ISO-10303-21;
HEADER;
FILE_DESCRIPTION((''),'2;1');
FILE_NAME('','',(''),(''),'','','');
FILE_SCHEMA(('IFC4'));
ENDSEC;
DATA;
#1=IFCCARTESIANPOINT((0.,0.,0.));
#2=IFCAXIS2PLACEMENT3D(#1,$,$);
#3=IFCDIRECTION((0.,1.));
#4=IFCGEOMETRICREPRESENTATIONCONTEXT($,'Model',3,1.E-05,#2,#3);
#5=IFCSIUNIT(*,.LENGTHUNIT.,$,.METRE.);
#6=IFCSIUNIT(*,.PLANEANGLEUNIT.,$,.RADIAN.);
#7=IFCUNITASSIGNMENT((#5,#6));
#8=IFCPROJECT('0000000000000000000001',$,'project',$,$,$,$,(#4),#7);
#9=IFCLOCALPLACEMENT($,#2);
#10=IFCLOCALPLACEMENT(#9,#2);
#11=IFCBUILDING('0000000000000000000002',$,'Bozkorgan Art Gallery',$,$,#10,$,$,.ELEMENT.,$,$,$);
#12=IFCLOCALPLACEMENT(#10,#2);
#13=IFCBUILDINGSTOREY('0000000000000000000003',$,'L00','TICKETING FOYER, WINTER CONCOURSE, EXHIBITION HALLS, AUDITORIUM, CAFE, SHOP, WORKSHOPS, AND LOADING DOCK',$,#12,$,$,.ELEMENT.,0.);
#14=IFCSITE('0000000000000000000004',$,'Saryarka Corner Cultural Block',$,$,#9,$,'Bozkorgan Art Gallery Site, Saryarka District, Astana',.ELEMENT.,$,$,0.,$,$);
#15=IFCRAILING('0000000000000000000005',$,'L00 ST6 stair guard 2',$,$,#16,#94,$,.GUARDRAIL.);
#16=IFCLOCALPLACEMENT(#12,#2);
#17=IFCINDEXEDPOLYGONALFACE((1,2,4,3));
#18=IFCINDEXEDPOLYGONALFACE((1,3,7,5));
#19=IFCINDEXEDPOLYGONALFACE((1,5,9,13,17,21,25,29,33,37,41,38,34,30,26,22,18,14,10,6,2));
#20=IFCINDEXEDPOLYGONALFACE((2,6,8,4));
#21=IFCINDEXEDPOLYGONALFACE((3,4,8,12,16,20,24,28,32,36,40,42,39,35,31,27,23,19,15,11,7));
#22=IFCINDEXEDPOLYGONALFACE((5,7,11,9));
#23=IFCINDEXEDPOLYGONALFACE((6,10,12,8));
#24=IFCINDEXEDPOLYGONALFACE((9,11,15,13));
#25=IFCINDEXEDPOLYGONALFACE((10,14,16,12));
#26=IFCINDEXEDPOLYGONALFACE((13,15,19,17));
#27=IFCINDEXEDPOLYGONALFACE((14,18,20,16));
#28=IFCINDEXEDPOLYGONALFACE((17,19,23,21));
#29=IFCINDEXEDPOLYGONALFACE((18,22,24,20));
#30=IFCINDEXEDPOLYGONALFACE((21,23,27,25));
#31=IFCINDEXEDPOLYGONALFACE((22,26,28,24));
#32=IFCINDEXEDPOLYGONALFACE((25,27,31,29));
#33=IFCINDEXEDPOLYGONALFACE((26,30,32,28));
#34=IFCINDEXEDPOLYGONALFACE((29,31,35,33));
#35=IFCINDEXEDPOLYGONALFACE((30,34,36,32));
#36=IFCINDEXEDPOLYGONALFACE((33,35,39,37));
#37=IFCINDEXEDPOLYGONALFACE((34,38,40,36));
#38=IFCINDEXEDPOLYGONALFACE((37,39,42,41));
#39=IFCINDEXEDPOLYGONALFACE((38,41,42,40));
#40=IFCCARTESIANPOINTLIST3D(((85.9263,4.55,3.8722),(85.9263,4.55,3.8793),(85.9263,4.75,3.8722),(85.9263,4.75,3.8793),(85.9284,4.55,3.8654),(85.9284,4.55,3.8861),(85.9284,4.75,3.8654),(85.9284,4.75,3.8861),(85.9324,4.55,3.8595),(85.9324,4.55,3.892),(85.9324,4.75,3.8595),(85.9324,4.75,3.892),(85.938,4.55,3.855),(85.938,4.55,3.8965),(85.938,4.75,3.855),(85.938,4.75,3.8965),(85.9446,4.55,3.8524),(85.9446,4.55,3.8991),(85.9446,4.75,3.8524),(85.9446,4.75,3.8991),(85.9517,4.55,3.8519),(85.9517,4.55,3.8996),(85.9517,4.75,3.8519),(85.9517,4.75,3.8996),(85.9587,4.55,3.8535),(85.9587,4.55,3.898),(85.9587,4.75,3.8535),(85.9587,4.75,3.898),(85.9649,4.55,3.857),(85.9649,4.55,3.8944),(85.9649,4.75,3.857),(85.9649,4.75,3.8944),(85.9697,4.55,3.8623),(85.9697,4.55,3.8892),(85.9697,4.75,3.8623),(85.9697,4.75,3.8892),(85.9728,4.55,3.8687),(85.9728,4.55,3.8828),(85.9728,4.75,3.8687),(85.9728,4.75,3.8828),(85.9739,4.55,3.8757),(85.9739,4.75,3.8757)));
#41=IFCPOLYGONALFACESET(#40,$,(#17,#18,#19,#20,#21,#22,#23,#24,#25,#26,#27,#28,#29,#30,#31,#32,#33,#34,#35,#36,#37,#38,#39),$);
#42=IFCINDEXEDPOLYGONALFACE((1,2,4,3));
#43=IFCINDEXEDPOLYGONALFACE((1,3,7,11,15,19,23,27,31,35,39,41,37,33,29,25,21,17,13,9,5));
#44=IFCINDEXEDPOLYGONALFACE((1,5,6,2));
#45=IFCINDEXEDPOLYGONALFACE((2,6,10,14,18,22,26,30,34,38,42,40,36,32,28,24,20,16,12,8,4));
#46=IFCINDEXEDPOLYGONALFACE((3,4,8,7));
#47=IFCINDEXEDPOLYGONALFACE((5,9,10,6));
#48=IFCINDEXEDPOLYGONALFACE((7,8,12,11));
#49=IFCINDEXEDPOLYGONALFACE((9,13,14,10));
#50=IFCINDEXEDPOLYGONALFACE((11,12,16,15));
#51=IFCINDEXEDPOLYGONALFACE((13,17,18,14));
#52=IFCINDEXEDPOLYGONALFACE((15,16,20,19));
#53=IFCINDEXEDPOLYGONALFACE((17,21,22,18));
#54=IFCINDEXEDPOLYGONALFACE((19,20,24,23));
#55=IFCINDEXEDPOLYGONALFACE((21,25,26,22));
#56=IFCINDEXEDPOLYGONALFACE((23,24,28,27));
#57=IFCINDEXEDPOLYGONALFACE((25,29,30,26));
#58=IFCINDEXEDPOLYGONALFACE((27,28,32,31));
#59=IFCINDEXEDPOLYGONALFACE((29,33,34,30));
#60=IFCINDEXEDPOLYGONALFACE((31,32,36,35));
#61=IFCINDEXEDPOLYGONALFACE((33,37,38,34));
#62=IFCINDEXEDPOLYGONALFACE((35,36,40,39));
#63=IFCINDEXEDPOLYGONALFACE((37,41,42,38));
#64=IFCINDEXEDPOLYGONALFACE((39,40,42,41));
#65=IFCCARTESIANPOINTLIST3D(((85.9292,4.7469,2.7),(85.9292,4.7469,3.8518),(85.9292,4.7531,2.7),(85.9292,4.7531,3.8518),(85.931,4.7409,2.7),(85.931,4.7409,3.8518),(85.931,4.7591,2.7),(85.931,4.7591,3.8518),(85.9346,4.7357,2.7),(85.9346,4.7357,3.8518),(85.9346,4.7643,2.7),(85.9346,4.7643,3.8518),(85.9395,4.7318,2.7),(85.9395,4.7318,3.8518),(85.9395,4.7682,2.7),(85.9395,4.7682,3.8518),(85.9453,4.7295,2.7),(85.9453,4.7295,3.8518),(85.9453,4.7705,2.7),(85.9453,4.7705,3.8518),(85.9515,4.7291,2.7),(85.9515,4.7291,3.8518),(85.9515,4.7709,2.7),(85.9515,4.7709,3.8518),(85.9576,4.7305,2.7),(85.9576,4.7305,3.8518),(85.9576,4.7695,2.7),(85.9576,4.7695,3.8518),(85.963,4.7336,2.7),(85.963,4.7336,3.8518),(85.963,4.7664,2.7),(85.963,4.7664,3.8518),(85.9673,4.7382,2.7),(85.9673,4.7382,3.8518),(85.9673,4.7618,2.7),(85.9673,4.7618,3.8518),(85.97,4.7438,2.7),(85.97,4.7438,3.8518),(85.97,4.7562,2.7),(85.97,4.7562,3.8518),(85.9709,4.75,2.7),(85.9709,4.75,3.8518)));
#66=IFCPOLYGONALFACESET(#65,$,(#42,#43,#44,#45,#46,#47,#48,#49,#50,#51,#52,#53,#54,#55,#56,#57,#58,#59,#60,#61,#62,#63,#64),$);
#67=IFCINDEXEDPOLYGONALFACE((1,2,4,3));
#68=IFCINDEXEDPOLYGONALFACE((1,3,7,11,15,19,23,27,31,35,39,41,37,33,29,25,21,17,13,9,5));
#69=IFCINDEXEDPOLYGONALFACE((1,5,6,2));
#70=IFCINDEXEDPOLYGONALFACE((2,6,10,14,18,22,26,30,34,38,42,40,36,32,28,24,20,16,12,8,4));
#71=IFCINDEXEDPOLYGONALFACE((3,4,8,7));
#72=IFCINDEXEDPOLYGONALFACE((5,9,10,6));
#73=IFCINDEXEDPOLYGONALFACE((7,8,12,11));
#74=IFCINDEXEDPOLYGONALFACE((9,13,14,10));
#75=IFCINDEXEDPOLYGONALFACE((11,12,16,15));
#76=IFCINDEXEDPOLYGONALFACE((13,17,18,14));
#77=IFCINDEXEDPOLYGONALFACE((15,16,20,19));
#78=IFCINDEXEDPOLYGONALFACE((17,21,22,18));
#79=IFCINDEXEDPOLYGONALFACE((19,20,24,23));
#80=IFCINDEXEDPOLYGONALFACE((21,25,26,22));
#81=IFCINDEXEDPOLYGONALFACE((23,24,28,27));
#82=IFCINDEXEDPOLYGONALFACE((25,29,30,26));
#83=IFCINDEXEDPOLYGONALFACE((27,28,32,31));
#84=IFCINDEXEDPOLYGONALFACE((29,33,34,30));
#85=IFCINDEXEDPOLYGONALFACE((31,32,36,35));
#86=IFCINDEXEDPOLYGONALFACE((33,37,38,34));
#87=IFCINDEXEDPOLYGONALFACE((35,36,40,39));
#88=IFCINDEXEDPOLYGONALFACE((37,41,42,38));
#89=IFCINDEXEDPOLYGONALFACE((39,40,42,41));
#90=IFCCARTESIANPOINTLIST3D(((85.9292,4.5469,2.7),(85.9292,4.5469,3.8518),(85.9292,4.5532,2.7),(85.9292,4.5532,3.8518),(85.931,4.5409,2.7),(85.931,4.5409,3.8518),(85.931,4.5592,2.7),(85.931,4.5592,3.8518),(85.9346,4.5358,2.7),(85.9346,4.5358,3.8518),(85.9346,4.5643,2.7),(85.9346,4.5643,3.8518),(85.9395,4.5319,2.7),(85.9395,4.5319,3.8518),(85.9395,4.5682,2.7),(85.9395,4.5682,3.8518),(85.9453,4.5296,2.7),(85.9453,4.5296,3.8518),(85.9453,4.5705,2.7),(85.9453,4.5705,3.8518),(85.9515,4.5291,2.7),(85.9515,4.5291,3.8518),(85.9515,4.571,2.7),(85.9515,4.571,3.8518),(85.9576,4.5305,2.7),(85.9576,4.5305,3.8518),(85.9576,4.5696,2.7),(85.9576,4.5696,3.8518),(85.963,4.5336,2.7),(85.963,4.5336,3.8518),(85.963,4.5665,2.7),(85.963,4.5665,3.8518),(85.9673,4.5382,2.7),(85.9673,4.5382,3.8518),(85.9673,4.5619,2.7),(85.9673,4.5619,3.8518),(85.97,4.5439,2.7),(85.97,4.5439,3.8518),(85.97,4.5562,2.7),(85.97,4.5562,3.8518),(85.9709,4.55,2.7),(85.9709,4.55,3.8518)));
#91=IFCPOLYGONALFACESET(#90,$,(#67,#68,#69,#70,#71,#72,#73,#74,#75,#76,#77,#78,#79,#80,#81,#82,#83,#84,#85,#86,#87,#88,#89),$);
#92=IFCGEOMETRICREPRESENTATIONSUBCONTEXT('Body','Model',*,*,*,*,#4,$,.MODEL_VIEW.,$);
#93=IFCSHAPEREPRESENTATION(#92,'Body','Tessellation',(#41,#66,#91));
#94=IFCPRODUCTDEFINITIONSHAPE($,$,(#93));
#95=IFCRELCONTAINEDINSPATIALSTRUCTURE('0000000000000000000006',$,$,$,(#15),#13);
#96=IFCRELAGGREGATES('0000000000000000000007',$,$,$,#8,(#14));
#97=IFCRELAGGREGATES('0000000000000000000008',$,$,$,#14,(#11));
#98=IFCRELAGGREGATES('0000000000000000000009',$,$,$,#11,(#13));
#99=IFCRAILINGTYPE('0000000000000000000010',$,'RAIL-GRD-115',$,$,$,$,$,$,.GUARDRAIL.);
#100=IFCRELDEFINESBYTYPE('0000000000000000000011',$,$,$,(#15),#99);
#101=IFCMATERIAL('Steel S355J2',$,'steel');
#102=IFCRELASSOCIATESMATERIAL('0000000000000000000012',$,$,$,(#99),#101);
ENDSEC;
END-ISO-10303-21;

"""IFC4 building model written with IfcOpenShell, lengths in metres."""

from ifc_helpers import new_model, si_unit, direction, frame, origin, origin_2d, place, context, subcontext, project, spatial, circle, extrude, material, type_object, element, save


model = new_model("IFC4")

# Units and contexts
model_context = context("Model", 3, precision=1e-05, world=origin(), true_north=direction((0.0, 1.0)))
body_context = subcontext(model_context, "Body", "Model", "MODEL_VIEW")
ifc_project = project(units=[si_unit("LENGTHUNIT", "METRE"), si_unit("PLANEANGLEUNIT", "RADIAN")], contexts=[model_context])

# Site, building, storey
site_placement = place(None, origin())
site = spatial("IfcSite", under=ifc_project, at=site_placement, Name="Saryarka Corner Cultural Block", LongName="Bozkorgan Art Gallery Site, Saryarka District, Astana", CompositionType="ELEMENT", RefElevation=0.0)
building_placement = place(site_placement, origin())
building = spatial("IfcBuilding", under=site, at=building_placement, Name="Bozkorgan Art Gallery", CompositionType="ELEMENT")
storey_placement = place(building_placement, origin())
storey = spatial("IfcBuildingStorey", under=building, at=storey_placement, Name="L00", Description="TICKETING FOYER, WINTER CONCOURSE, EXHIBITION HALLS, AUDITORIUM, CAFE, SHOP, WORKSHOPS, AND LOADING DOCK", CompositionType="ELEMENT", Elevation=0.0)

# Shared definitions
ifc_material_1 = material(Name="Steel S355J2", Category="steel")

# Railing
railing_type = type_object("IfcRailingType", Name="RAIL-GRD-115", PredefinedType="GUARDRAIL", material=ifc_material_1)
railing_placement = place(storey_placement, frame((85.95, 4.75, 2.7)))
element("IfcRailing", 1, at=railing_placement, inside=storey, type_object=railing_type, Name="L00 ST6 stair guard 2", PredefinedType="GUARDRAIL", context=body_context, shape_type="SweptSolid", body=[
    extrude(circle(Radius=0.0239, at=origin_2d()), frame((0.0, 0.0, 1.1758), z_axis=(0.0, -1.0, 0.0), x_axis=(1.0, 0.0, 0.0)), (0.0, 0.0, 1.0), 0.2),
    extrude(circle(Radius=0.021, at=origin_2d()), origin(), (0.0, 0.0, 1.0), 1.1519),
    extrude(circle(Radius=0.021, at=origin_2d()), frame((0.0, -0.2, 0.0)), (0.0, 0.0, 1.0), 1.1519),
])

save(model, "model.ifc")
